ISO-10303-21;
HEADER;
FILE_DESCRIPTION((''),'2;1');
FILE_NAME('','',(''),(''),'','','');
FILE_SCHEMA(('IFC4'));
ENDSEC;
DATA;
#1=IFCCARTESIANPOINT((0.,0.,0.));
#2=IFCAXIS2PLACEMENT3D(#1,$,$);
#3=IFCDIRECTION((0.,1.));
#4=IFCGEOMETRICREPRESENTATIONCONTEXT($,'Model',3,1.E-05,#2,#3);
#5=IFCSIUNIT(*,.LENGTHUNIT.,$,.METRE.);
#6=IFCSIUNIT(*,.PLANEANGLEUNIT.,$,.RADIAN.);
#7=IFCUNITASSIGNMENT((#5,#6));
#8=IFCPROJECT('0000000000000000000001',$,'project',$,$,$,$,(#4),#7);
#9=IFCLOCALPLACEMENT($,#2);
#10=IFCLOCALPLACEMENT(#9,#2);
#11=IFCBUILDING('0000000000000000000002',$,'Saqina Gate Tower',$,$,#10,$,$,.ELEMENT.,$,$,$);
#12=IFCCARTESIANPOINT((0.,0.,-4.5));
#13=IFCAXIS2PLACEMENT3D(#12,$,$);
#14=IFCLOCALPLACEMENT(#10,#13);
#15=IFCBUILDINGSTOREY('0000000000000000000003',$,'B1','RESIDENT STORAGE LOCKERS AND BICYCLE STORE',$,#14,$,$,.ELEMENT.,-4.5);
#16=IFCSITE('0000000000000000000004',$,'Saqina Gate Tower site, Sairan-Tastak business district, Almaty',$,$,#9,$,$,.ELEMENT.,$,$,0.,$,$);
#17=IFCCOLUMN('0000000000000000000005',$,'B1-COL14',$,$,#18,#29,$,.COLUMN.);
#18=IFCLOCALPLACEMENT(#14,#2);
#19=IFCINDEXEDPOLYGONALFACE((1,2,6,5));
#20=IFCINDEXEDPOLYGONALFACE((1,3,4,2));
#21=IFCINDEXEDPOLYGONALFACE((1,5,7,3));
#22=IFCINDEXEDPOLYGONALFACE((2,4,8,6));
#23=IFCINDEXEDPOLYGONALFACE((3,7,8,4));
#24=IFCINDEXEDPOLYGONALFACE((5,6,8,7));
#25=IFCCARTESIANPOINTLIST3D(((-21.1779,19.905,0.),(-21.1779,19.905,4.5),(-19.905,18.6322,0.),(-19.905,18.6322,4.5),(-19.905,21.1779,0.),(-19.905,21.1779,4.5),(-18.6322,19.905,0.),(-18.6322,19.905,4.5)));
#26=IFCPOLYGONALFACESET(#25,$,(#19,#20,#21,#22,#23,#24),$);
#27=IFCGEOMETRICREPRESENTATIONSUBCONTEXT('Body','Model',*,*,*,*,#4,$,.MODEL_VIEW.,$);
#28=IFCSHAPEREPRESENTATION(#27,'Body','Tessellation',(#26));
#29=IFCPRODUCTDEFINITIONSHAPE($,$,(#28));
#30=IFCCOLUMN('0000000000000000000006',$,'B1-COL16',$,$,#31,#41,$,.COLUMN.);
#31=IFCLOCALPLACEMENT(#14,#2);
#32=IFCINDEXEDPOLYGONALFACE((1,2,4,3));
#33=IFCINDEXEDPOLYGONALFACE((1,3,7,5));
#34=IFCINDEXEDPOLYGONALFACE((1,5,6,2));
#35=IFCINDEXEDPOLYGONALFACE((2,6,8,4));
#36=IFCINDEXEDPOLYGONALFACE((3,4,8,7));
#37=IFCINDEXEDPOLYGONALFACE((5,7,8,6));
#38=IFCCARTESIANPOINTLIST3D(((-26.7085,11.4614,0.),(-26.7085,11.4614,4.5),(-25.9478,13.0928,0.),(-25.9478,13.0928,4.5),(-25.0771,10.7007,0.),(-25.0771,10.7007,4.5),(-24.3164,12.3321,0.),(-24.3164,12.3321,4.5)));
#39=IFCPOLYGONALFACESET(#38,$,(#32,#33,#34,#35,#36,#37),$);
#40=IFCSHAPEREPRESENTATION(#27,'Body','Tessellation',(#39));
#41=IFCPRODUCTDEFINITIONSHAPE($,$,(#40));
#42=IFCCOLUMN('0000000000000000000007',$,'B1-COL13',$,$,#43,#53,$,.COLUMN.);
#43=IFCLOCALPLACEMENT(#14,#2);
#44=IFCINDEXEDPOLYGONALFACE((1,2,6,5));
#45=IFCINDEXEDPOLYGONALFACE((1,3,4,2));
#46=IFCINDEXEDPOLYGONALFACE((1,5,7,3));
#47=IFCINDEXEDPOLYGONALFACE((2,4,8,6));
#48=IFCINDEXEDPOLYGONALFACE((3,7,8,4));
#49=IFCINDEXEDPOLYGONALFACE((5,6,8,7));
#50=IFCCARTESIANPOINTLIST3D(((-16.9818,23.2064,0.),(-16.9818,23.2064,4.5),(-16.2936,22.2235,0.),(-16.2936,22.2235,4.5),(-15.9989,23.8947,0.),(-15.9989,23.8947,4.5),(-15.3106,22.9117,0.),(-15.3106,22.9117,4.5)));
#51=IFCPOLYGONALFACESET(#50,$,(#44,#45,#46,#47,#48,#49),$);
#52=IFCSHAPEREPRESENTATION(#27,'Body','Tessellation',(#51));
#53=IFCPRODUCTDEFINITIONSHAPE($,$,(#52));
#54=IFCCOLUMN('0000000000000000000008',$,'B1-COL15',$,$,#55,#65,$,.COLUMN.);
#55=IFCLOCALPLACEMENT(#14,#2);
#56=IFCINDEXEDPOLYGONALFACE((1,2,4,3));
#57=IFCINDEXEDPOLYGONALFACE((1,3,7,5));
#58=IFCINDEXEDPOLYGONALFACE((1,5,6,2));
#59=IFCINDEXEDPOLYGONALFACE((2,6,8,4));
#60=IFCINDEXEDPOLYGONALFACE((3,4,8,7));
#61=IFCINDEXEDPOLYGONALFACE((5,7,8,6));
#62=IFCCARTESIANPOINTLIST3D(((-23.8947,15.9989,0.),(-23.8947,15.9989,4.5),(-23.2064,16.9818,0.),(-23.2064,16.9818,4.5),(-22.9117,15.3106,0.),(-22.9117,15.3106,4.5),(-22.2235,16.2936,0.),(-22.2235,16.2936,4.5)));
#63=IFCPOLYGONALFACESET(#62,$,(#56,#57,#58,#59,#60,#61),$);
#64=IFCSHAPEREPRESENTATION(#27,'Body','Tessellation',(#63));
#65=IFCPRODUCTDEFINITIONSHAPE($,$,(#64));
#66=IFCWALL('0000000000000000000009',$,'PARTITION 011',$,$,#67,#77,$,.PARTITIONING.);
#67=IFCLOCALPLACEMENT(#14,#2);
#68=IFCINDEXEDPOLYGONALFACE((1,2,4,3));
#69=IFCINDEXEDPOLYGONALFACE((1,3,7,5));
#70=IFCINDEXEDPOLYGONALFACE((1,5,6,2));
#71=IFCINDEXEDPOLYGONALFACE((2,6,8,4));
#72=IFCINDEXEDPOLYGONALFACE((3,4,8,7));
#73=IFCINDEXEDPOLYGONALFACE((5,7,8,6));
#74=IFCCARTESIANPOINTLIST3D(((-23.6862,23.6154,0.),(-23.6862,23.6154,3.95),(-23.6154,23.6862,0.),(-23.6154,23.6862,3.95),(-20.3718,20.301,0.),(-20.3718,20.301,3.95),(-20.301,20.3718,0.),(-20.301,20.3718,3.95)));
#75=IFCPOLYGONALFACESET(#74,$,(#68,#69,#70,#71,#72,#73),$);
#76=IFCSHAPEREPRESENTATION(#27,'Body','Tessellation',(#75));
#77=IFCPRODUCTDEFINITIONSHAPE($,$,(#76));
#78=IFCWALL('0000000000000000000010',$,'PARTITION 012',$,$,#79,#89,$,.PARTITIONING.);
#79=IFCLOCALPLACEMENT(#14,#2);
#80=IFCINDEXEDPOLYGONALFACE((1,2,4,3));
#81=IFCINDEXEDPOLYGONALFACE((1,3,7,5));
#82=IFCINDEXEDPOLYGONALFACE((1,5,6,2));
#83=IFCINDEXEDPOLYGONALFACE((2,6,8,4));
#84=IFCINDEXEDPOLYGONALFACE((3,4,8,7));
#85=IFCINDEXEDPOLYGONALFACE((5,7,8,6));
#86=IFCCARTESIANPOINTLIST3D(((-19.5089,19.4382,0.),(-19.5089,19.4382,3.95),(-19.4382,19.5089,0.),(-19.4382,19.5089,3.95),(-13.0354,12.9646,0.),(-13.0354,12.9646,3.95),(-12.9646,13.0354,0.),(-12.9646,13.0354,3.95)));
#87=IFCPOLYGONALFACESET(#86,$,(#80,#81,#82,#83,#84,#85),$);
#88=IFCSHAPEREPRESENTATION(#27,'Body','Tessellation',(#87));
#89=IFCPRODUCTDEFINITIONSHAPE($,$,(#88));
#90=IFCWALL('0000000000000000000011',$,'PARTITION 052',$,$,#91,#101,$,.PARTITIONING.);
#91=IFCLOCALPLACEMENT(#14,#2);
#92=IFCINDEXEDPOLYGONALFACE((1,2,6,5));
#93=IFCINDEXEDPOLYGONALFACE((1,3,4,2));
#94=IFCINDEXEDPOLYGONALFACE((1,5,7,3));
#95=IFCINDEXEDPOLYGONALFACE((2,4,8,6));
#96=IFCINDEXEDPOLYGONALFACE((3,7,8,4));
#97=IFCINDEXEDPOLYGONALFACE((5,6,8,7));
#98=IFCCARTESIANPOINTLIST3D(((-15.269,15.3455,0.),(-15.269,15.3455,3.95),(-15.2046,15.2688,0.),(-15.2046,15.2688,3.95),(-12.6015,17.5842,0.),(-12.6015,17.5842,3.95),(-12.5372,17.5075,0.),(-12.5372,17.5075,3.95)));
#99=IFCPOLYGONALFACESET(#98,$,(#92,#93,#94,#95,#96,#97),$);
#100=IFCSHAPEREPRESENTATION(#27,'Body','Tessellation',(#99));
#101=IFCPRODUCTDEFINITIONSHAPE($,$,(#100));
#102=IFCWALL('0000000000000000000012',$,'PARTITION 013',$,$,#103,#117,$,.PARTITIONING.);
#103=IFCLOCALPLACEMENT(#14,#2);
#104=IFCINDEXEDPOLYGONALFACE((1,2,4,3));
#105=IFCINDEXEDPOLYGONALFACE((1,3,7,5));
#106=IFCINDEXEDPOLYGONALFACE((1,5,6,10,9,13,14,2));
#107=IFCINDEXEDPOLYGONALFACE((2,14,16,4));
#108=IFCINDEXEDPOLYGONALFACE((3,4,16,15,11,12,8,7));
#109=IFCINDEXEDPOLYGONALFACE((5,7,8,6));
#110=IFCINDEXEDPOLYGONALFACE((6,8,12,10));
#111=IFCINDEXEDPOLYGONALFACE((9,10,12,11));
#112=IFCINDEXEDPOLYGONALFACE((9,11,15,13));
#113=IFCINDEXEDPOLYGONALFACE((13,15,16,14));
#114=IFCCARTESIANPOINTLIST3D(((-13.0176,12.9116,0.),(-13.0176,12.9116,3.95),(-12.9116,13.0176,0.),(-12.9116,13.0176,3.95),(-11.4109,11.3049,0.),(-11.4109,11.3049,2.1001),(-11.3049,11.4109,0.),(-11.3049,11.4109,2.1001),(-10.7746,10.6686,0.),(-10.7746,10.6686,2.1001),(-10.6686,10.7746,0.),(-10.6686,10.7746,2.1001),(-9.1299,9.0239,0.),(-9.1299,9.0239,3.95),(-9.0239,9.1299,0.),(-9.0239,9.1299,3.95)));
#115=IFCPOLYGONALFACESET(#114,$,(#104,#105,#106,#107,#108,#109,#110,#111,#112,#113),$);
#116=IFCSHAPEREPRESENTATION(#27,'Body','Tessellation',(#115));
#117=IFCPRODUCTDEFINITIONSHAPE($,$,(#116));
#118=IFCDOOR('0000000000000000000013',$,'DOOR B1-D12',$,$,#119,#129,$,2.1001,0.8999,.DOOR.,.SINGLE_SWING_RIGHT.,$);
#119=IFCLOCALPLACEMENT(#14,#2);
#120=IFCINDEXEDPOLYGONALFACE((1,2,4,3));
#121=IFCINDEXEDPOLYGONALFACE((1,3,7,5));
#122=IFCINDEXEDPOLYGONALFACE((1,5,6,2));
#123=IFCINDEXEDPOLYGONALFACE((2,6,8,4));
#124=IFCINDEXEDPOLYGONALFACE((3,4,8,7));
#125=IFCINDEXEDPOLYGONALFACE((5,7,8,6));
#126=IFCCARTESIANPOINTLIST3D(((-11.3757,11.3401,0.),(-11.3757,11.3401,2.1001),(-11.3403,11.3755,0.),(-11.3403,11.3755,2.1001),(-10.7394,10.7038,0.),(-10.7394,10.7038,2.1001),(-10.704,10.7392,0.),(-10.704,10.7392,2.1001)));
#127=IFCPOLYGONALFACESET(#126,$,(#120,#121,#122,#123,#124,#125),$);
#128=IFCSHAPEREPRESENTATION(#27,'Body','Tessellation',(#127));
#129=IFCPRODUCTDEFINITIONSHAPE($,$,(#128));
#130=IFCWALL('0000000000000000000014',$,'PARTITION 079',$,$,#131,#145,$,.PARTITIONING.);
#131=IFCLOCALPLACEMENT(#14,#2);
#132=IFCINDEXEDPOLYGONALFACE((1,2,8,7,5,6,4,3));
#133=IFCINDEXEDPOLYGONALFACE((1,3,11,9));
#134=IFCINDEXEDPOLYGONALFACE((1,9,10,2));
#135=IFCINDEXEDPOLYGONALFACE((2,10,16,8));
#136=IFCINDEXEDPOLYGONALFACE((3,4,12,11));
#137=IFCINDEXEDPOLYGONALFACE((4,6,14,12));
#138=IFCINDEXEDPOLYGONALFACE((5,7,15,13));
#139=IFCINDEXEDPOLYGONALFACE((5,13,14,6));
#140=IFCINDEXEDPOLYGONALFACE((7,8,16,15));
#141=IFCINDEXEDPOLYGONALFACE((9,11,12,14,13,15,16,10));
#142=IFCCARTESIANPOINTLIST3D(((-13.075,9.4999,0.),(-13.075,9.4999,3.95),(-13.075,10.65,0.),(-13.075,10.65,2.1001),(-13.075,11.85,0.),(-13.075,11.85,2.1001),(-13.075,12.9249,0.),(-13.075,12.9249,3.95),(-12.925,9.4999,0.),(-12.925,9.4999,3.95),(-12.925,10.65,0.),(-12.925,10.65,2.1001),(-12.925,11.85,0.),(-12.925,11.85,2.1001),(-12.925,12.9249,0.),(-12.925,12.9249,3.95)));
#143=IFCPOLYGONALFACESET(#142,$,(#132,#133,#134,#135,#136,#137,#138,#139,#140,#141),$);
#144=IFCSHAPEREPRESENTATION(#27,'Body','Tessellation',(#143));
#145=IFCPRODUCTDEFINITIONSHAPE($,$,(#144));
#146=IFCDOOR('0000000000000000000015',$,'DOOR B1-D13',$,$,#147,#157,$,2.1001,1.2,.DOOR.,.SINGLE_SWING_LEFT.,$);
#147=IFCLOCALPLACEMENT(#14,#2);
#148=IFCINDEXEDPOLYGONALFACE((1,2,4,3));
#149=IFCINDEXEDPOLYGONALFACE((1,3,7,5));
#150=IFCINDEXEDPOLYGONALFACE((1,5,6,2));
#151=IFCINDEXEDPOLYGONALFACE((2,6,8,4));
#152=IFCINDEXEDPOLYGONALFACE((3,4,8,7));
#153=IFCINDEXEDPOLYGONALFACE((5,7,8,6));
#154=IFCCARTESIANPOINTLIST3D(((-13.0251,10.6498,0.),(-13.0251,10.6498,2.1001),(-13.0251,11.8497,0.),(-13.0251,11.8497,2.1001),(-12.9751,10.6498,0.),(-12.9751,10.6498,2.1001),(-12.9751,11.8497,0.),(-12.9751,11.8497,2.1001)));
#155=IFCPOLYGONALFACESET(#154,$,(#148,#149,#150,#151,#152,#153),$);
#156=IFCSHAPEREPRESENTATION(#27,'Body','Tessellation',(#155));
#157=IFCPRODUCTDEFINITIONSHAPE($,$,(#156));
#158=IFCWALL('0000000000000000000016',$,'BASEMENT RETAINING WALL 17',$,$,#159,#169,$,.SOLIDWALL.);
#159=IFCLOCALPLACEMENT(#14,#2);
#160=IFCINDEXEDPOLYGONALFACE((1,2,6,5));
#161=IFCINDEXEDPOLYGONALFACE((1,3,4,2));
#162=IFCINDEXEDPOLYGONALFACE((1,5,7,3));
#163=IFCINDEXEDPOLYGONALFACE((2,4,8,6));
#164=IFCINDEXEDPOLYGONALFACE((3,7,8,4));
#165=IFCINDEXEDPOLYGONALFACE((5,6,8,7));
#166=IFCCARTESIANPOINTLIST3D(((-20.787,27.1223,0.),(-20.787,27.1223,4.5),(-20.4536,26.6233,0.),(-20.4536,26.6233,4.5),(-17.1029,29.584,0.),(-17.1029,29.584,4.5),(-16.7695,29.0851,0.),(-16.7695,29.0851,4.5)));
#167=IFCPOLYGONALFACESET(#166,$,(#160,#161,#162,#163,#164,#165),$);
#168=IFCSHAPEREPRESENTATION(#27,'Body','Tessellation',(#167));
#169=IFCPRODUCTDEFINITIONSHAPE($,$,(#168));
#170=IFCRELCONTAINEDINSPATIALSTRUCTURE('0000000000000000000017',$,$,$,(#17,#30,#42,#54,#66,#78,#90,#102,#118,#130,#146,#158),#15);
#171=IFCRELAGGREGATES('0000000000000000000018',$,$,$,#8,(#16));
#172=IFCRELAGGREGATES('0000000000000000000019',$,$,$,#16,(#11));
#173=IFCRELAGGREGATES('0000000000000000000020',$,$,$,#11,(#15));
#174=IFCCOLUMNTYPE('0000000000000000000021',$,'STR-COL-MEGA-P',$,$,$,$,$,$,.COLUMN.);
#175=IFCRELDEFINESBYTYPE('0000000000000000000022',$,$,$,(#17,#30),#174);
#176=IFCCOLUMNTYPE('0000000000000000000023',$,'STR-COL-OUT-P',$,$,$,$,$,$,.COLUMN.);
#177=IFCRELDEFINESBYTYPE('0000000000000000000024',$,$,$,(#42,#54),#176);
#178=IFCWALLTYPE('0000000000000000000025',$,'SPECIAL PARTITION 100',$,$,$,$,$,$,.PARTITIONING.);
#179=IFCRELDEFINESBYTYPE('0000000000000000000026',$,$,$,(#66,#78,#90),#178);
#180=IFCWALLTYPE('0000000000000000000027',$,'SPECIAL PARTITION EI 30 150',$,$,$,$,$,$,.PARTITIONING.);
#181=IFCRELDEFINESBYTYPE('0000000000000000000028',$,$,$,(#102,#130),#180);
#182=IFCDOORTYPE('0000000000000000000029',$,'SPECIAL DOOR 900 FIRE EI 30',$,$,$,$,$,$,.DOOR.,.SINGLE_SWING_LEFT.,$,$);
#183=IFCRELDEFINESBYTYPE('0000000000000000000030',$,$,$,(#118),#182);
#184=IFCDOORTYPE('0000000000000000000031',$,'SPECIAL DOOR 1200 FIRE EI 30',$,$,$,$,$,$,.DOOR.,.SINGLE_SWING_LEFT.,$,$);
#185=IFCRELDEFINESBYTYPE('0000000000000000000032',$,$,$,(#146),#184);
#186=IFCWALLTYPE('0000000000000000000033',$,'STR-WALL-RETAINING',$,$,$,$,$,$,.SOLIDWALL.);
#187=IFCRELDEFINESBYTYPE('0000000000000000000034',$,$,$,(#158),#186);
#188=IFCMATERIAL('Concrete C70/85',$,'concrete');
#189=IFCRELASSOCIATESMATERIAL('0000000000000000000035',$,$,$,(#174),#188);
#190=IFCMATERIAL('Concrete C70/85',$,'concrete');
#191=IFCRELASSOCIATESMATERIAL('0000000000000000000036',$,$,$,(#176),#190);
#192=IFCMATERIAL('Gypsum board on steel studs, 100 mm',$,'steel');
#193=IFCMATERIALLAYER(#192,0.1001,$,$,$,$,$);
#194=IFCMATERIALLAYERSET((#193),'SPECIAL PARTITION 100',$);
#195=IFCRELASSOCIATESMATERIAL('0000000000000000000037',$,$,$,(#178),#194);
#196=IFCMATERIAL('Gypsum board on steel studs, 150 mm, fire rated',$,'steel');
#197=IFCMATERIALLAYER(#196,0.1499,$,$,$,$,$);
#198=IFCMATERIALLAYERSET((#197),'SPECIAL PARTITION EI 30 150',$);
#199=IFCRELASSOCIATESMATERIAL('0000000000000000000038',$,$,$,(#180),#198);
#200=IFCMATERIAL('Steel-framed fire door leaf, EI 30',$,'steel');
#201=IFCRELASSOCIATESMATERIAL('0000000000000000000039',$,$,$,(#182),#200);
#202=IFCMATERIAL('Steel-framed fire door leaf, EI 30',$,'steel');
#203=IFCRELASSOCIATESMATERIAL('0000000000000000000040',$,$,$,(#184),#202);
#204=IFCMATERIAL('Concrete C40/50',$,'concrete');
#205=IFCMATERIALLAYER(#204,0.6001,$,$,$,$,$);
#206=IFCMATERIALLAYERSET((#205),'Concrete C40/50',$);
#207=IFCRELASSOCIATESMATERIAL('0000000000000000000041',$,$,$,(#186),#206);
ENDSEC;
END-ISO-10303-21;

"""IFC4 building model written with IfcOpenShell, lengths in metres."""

from ifc_helpers import new_model, si_unit, direction, frame, frame_2d, origin, origin_2d, place, context, subcontext, project, spatial, rectangle, extrude, material, layer, layer_set, material_profile, profile_set, type_object, element, fill, save


model = new_model("IFC4")

# Units and contexts
model_context = context("Model", 3, precision=1e-05, world=origin(), true_north=direction((0.0, 1.0)))
body_context = subcontext(model_context, "Body", "Model", "MODEL_VIEW")
ifc_project = project(units=[si_unit("LENGTHUNIT", "METRE"), si_unit("PLANEANGLEUNIT", "RADIAN")], contexts=[model_context])

# Site, building, storey
site_placement = place(None, origin())
site = spatial("IfcSite", under=ifc_project, at=site_placement, Name="Saqina Gate Tower site, Sairan-Tastak business district, Almaty", CompositionType="ELEMENT", RefElevation=0.0)
building_placement = place(site_placement, origin())
building = spatial("IfcBuilding", under=site, at=building_placement, Name="Saqina Gate Tower", CompositionType="ELEMENT")
storey_placement = place(building_placement, frame((0.0, 0.0, -4.5)))
storey = spatial("IfcBuildingStorey", under=building, at=storey_placement, Name="B1", Description="RESIDENT STORAGE LOCKERS AND BICYCLE STORE", CompositionType="ELEMENT", Elevation=-4.5)

# Columns
ifc_material_1 = material(Name="Concrete C70/85", Category="concrete")
ifc_material_profile_1 = material_profile(ifc_material_1, rectangle(XDim=1.8, YDim=1.8, at=origin_2d()), Name="RC 1800x1800")
ifc_profile_set_1 = profile_set([ifc_material_profile_1], Name="Concrete C70/85")
column_type_1 = type_object("IfcColumnType", Name="STR-COL-MEGA-P", PredefinedType="COLUMN", material=ifc_profile_set_1)
for number, where, z_axis, x_axis, name in (
    (1, (-19.905, 19.905, 0.0), (0.0, 0.0, 1.0), (-0.707107, 0.707107, 0.0), "B1-COL14"),
    (2, (-25.5125, 11.8967, 0.0), (0.0, 0.0, 1.0), (-0.906308, 0.422618, 0.0), "B1-COL16"),
):
    element("IfcColumn", number, at=place(storey_placement, frame(where, z_axis=z_axis, x_axis=x_axis)), inside=storey, type_object=column_type_1, Name=name, PredefinedType="COLUMN", context=body_context, shape_type="SweptSolid", body=[
        extrude(rectangle(XDim=1.8, YDim=1.8, at=origin_2d()), origin(), (0.0, 0.0, 1.0), 4.5),
    ])
ifc_material_2 = material(Name="Concrete C70/85", Category="concrete")
ifc_material_profile_2 = material_profile(ifc_material_2, rectangle(XDim=1.2, YDim=1.2, at=origin_2d()), Name="RC 1200x1200")
ifc_profile_set_2 = profile_set([ifc_material_profile_2], Name="Concrete C70/85")
column_type_2 = type_object("IfcColumnType", Name="STR-COL-OUT-P", PredefinedType="COLUMN", material=ifc_profile_set_2)
for number, where, z_axis, x_axis, name in (
    (3, (-16.1462, 23.0591, 0.0), (0.0, 0.0, 1.0), (-0.573576, 0.819152, 0.0), "B1-COL13"),
    (4, (-23.0591, 16.1462, 0.0), (0.0, 0.0, 1.0), (-0.819152, 0.573576, 0.0), "B1-COL15"),
):
    element("IfcColumn", number, at=place(storey_placement, frame(where, z_axis=z_axis, x_axis=x_axis)), inside=storey, type_object=column_type_2, Name=name, PredefinedType="COLUMN", context=body_context, shape_type="SweptSolid", body=[
        extrude(rectangle(XDim=1.2, YDim=1.2, at=origin_2d()), origin(), (0.0, 0.0, 1.0), 4.5),
    ])

# Walls
ifc_material_3 = material(Name="Gypsum board on steel studs, 100 mm", Category="steel")
ifc_layer_1 = layer(ifc_material_3, 0.1001)
ifc_layer_set_1 = layer_set([ifc_layer_1], Name="SPECIAL PARTITION 100")
wall_type_1 = type_object("IfcWallType", Name="SPECIAL PARTITION 100", PredefinedType="PARTITIONING", material=ifc_layer_set_1)
wall_1_placement = place(storey_placement, frame((-23.6509, 23.6509, 0.0), z_axis=(0.0, 0.0, 1.0), x_axis=(0.707107, -0.707107, 0.0)))
element("IfcWall", 5, at=wall_1_placement, inside=storey, type_object=wall_type_1, Name="PARTITION 011", PredefinedType="PARTITIONING", context=body_context, shape_type="SweptSolid", body=[
    extrude(rectangle(XDim=4.6873, YDim=0.1001, at=frame_2d((2.3438, 0.0))), origin(), (0.0, 0.0, 1.0), 3.95),
])
wall_2_placement = place(storey_placement, frame((-19.4736, 19.4736, 0.0), z_axis=(0.0, 0.0, 1.0), x_axis=(0.707107, -0.707107, 0.0)))
element("IfcWall", 6, at=wall_2_placement, inside=storey, type_object=wall_type_1, Name="PARTITION 012", PredefinedType="PARTITIONING", context=body_context, shape_type="SweptSolid", body=[
    extrude(rectangle(XDim=9.155, YDim=0.1001, at=frame_2d((4.5776, 0.0))), origin(), (0.0, 0.0, 1.0), 3.95),
])
wall_3_placement = place(storey_placement, frame((-15.2368, 15.3071, 0.0), z_axis=(0.0, 0.0, 1.0), x_axis=(0.765975, 0.64287, 0.0)))
element("IfcWall", 7, at=wall_3_placement, inside=storey, type_object=wall_type_1, Name="PARTITION 052", PredefinedType="PARTITIONING", context=body_context, shape_type="SweptSolid", body=[
    extrude(rectangle(XDim=3.4824, YDim=0.1001, at=frame_2d((1.7412, 0.0))), origin(), (0.0, 0.0, 1.0), 3.95),
])

# Walls, openings, doors
ifc_material_4 = material(Name="Gypsum board on steel studs, 150 mm, fire rated", Category="steel")
ifc_layer_2 = layer(ifc_material_4, 0.1499)
ifc_layer_set_2 = layer_set([ifc_layer_2], Name="SPECIAL PARTITION EI 30 150")
wall_type_2 = type_object("IfcWallType", Name="SPECIAL PARTITION EI 30 150", PredefinedType="PARTITIONING", material=ifc_layer_set_2)
wall_4_placement = place(storey_placement, frame((-12.9646, 12.9646, 0.0), z_axis=(0.0, 0.0, 1.0), x_axis=(0.707107, -0.707107, 0.0)))
wall_4 = element("IfcWall", 8, at=wall_4_placement, inside=storey, type_object=wall_type_2, Name="PARTITION 013", PredefinedType="PARTITIONING", context=body_context, shape_type="SweptSolid", body=[
    extrude(rectangle(XDim=5.498, YDim=0.1499, at=frame_2d((2.749, 0.0))), origin(), (0.0, 0.0, 1.0), 3.95),
])
opening_1_placement = place(wall_4_placement, frame((2.2722, 0.0, 0.0)))
opening_1 = element("IfcOpeningElement", 9, at=opening_1_placement, cuts=wall_4, PredefinedType="OPENING", context=body_context, shape_type="SweptSolid", body=[
    extrude(rectangle(XDim=0.8999, YDim=2.1001, at=frame_2d((0.45, 1.05))), frame((0.0, 0.0869, 0.0), z_axis=(0.0, -1.0, 0.0), x_axis=(1.0, 0.0, 0.0)), (0.0, 0.0, 1.0), 0.1738),
])
ifc_material_5 = material(Name="Steel-framed fire door leaf, EI 30", Category="steel")
door_type_1 = type_object("IfcDoorType", Name="SPECIAL DOOR 900 FIRE EI 30", OperationType="SINGLE_SWING_LEFT", PredefinedType="DOOR", material=ifc_material_5)
door_1_placement = place(opening_1_placement, origin())
door_1 = element("IfcDoor", 10, at=door_1_placement, inside=storey, type_object=door_type_1, Name="DOOR B1-D12", OperationType="SINGLE_SWING_RIGHT", OverallHeight=2.1001, OverallWidth=0.8999, PredefinedType="DOOR", context=body_context, shape_type="SweptSolid", body=[
    extrude(rectangle(XDim=0.8999, YDim=2.1001, at=frame_2d((0.45, 1.05))), frame((0.0, 0.0249, 0.0), z_axis=(0.0, -1.0, 0.0), x_axis=(1.0, 0.0, 0.0)), (0.0, 0.0, 1.0), 0.05),
])
fill(opening_1, door_1)
wall_5_placement = place(storey_placement, frame((-13.0, 9.5, 0.0), z_axis=(0.0, 0.0, 1.0), x_axis=(0.0, 1.0, 0.0)))
wall_5 = element("IfcWall", 11, at=wall_5_placement, inside=storey, type_object=wall_type_2, Name="PARTITION 079", PredefinedType="PARTITIONING", context=body_context, shape_type="SweptSolid", body=[
    extrude(rectangle(XDim=3.425, YDim=0.1499, at=frame_2d((1.7124, 0.0))), origin(), (0.0, 0.0, 1.0), 3.95),
])
opening_2_placement = place(wall_5_placement, frame((1.1499, 0.0, 0.0)))
opening_2 = element("IfcOpeningElement", 12, at=opening_2_placement, cuts=wall_5, PredefinedType="OPENING", context=body_context, shape_type="SweptSolid", body=[
    extrude(rectangle(XDim=1.2, YDim=2.1001, at=frame_2d((0.6001, 1.05))), frame((0.0, 0.0869, 0.0), z_axis=(0.0, -1.0, 0.0), x_axis=(1.0, 0.0, 0.0)), (0.0, 0.0, 1.0), 0.1738),
])
ifc_material_6 = material(Name="Steel-framed fire door leaf, EI 30", Category="steel")
door_type_2 = type_object("IfcDoorType", Name="SPECIAL DOOR 1200 FIRE EI 30", OperationType="SINGLE_SWING_LEFT", PredefinedType="DOOR", material=ifc_material_6)
door_2_placement = place(opening_2_placement, frame((1.2, 0.0, 0.0), z_axis=(0.0, 0.0, 1.0), x_axis=(-1.0, 0.0, 0.0)))
door_2 = element("IfcDoor", 13, at=door_2_placement, inside=storey, type_object=door_type_2, Name="DOOR B1-D13", OperationType="SINGLE_SWING_LEFT", OverallHeight=2.1001, OverallWidth=1.2, PredefinedType="DOOR", context=body_context, shape_type="SweptSolid", body=[
    extrude(rectangle(XDim=1.2, YDim=2.1001, at=frame_2d((0.6001, 1.05))), frame((0.0, 0.0249, 0.0), z_axis=(0.0, -1.0, 0.0), x_axis=(1.0, 0.0, 0.0)), (0.0, 0.0, 1.0), 0.05),
])
fill(opening_2, door_2)

# Wall
ifc_material_7 = material(Name="Concrete C40/50", Category="concrete")
ifc_layer_3 = layer(ifc_material_7, 0.6001)
ifc_layer_set_3 = layer_set([ifc_layer_3], Name="Concrete C40/50")
wall_type_3 = type_object("IfcWallType", Name="STR-WALL-RETAINING", PredefinedType="SOLIDWALL", material=ifc_layer_set_3)
wall_6_placement = place(storey_placement, frame((-16.9363, 29.3345, 0.0), z_axis=(0.0, 0.0, 1.0), x_axis=(-0.831465, -0.555577, 0.0)))
element("IfcWall", 14, at=wall_6_placement, inside=storey, type_object=wall_type_3, Name="BASEMENT RETAINING WALL 17", PredefinedType="SOLIDWALL", context=body_context, shape_type="SweptSolid", body=[
    extrude(rectangle(XDim=4.4309, YDim=0.6001, at=frame_2d((2.2153, 0.0))), origin(), (0.0, 0.0, 1.0), 4.5),
])

save(model, "model.ifc")
